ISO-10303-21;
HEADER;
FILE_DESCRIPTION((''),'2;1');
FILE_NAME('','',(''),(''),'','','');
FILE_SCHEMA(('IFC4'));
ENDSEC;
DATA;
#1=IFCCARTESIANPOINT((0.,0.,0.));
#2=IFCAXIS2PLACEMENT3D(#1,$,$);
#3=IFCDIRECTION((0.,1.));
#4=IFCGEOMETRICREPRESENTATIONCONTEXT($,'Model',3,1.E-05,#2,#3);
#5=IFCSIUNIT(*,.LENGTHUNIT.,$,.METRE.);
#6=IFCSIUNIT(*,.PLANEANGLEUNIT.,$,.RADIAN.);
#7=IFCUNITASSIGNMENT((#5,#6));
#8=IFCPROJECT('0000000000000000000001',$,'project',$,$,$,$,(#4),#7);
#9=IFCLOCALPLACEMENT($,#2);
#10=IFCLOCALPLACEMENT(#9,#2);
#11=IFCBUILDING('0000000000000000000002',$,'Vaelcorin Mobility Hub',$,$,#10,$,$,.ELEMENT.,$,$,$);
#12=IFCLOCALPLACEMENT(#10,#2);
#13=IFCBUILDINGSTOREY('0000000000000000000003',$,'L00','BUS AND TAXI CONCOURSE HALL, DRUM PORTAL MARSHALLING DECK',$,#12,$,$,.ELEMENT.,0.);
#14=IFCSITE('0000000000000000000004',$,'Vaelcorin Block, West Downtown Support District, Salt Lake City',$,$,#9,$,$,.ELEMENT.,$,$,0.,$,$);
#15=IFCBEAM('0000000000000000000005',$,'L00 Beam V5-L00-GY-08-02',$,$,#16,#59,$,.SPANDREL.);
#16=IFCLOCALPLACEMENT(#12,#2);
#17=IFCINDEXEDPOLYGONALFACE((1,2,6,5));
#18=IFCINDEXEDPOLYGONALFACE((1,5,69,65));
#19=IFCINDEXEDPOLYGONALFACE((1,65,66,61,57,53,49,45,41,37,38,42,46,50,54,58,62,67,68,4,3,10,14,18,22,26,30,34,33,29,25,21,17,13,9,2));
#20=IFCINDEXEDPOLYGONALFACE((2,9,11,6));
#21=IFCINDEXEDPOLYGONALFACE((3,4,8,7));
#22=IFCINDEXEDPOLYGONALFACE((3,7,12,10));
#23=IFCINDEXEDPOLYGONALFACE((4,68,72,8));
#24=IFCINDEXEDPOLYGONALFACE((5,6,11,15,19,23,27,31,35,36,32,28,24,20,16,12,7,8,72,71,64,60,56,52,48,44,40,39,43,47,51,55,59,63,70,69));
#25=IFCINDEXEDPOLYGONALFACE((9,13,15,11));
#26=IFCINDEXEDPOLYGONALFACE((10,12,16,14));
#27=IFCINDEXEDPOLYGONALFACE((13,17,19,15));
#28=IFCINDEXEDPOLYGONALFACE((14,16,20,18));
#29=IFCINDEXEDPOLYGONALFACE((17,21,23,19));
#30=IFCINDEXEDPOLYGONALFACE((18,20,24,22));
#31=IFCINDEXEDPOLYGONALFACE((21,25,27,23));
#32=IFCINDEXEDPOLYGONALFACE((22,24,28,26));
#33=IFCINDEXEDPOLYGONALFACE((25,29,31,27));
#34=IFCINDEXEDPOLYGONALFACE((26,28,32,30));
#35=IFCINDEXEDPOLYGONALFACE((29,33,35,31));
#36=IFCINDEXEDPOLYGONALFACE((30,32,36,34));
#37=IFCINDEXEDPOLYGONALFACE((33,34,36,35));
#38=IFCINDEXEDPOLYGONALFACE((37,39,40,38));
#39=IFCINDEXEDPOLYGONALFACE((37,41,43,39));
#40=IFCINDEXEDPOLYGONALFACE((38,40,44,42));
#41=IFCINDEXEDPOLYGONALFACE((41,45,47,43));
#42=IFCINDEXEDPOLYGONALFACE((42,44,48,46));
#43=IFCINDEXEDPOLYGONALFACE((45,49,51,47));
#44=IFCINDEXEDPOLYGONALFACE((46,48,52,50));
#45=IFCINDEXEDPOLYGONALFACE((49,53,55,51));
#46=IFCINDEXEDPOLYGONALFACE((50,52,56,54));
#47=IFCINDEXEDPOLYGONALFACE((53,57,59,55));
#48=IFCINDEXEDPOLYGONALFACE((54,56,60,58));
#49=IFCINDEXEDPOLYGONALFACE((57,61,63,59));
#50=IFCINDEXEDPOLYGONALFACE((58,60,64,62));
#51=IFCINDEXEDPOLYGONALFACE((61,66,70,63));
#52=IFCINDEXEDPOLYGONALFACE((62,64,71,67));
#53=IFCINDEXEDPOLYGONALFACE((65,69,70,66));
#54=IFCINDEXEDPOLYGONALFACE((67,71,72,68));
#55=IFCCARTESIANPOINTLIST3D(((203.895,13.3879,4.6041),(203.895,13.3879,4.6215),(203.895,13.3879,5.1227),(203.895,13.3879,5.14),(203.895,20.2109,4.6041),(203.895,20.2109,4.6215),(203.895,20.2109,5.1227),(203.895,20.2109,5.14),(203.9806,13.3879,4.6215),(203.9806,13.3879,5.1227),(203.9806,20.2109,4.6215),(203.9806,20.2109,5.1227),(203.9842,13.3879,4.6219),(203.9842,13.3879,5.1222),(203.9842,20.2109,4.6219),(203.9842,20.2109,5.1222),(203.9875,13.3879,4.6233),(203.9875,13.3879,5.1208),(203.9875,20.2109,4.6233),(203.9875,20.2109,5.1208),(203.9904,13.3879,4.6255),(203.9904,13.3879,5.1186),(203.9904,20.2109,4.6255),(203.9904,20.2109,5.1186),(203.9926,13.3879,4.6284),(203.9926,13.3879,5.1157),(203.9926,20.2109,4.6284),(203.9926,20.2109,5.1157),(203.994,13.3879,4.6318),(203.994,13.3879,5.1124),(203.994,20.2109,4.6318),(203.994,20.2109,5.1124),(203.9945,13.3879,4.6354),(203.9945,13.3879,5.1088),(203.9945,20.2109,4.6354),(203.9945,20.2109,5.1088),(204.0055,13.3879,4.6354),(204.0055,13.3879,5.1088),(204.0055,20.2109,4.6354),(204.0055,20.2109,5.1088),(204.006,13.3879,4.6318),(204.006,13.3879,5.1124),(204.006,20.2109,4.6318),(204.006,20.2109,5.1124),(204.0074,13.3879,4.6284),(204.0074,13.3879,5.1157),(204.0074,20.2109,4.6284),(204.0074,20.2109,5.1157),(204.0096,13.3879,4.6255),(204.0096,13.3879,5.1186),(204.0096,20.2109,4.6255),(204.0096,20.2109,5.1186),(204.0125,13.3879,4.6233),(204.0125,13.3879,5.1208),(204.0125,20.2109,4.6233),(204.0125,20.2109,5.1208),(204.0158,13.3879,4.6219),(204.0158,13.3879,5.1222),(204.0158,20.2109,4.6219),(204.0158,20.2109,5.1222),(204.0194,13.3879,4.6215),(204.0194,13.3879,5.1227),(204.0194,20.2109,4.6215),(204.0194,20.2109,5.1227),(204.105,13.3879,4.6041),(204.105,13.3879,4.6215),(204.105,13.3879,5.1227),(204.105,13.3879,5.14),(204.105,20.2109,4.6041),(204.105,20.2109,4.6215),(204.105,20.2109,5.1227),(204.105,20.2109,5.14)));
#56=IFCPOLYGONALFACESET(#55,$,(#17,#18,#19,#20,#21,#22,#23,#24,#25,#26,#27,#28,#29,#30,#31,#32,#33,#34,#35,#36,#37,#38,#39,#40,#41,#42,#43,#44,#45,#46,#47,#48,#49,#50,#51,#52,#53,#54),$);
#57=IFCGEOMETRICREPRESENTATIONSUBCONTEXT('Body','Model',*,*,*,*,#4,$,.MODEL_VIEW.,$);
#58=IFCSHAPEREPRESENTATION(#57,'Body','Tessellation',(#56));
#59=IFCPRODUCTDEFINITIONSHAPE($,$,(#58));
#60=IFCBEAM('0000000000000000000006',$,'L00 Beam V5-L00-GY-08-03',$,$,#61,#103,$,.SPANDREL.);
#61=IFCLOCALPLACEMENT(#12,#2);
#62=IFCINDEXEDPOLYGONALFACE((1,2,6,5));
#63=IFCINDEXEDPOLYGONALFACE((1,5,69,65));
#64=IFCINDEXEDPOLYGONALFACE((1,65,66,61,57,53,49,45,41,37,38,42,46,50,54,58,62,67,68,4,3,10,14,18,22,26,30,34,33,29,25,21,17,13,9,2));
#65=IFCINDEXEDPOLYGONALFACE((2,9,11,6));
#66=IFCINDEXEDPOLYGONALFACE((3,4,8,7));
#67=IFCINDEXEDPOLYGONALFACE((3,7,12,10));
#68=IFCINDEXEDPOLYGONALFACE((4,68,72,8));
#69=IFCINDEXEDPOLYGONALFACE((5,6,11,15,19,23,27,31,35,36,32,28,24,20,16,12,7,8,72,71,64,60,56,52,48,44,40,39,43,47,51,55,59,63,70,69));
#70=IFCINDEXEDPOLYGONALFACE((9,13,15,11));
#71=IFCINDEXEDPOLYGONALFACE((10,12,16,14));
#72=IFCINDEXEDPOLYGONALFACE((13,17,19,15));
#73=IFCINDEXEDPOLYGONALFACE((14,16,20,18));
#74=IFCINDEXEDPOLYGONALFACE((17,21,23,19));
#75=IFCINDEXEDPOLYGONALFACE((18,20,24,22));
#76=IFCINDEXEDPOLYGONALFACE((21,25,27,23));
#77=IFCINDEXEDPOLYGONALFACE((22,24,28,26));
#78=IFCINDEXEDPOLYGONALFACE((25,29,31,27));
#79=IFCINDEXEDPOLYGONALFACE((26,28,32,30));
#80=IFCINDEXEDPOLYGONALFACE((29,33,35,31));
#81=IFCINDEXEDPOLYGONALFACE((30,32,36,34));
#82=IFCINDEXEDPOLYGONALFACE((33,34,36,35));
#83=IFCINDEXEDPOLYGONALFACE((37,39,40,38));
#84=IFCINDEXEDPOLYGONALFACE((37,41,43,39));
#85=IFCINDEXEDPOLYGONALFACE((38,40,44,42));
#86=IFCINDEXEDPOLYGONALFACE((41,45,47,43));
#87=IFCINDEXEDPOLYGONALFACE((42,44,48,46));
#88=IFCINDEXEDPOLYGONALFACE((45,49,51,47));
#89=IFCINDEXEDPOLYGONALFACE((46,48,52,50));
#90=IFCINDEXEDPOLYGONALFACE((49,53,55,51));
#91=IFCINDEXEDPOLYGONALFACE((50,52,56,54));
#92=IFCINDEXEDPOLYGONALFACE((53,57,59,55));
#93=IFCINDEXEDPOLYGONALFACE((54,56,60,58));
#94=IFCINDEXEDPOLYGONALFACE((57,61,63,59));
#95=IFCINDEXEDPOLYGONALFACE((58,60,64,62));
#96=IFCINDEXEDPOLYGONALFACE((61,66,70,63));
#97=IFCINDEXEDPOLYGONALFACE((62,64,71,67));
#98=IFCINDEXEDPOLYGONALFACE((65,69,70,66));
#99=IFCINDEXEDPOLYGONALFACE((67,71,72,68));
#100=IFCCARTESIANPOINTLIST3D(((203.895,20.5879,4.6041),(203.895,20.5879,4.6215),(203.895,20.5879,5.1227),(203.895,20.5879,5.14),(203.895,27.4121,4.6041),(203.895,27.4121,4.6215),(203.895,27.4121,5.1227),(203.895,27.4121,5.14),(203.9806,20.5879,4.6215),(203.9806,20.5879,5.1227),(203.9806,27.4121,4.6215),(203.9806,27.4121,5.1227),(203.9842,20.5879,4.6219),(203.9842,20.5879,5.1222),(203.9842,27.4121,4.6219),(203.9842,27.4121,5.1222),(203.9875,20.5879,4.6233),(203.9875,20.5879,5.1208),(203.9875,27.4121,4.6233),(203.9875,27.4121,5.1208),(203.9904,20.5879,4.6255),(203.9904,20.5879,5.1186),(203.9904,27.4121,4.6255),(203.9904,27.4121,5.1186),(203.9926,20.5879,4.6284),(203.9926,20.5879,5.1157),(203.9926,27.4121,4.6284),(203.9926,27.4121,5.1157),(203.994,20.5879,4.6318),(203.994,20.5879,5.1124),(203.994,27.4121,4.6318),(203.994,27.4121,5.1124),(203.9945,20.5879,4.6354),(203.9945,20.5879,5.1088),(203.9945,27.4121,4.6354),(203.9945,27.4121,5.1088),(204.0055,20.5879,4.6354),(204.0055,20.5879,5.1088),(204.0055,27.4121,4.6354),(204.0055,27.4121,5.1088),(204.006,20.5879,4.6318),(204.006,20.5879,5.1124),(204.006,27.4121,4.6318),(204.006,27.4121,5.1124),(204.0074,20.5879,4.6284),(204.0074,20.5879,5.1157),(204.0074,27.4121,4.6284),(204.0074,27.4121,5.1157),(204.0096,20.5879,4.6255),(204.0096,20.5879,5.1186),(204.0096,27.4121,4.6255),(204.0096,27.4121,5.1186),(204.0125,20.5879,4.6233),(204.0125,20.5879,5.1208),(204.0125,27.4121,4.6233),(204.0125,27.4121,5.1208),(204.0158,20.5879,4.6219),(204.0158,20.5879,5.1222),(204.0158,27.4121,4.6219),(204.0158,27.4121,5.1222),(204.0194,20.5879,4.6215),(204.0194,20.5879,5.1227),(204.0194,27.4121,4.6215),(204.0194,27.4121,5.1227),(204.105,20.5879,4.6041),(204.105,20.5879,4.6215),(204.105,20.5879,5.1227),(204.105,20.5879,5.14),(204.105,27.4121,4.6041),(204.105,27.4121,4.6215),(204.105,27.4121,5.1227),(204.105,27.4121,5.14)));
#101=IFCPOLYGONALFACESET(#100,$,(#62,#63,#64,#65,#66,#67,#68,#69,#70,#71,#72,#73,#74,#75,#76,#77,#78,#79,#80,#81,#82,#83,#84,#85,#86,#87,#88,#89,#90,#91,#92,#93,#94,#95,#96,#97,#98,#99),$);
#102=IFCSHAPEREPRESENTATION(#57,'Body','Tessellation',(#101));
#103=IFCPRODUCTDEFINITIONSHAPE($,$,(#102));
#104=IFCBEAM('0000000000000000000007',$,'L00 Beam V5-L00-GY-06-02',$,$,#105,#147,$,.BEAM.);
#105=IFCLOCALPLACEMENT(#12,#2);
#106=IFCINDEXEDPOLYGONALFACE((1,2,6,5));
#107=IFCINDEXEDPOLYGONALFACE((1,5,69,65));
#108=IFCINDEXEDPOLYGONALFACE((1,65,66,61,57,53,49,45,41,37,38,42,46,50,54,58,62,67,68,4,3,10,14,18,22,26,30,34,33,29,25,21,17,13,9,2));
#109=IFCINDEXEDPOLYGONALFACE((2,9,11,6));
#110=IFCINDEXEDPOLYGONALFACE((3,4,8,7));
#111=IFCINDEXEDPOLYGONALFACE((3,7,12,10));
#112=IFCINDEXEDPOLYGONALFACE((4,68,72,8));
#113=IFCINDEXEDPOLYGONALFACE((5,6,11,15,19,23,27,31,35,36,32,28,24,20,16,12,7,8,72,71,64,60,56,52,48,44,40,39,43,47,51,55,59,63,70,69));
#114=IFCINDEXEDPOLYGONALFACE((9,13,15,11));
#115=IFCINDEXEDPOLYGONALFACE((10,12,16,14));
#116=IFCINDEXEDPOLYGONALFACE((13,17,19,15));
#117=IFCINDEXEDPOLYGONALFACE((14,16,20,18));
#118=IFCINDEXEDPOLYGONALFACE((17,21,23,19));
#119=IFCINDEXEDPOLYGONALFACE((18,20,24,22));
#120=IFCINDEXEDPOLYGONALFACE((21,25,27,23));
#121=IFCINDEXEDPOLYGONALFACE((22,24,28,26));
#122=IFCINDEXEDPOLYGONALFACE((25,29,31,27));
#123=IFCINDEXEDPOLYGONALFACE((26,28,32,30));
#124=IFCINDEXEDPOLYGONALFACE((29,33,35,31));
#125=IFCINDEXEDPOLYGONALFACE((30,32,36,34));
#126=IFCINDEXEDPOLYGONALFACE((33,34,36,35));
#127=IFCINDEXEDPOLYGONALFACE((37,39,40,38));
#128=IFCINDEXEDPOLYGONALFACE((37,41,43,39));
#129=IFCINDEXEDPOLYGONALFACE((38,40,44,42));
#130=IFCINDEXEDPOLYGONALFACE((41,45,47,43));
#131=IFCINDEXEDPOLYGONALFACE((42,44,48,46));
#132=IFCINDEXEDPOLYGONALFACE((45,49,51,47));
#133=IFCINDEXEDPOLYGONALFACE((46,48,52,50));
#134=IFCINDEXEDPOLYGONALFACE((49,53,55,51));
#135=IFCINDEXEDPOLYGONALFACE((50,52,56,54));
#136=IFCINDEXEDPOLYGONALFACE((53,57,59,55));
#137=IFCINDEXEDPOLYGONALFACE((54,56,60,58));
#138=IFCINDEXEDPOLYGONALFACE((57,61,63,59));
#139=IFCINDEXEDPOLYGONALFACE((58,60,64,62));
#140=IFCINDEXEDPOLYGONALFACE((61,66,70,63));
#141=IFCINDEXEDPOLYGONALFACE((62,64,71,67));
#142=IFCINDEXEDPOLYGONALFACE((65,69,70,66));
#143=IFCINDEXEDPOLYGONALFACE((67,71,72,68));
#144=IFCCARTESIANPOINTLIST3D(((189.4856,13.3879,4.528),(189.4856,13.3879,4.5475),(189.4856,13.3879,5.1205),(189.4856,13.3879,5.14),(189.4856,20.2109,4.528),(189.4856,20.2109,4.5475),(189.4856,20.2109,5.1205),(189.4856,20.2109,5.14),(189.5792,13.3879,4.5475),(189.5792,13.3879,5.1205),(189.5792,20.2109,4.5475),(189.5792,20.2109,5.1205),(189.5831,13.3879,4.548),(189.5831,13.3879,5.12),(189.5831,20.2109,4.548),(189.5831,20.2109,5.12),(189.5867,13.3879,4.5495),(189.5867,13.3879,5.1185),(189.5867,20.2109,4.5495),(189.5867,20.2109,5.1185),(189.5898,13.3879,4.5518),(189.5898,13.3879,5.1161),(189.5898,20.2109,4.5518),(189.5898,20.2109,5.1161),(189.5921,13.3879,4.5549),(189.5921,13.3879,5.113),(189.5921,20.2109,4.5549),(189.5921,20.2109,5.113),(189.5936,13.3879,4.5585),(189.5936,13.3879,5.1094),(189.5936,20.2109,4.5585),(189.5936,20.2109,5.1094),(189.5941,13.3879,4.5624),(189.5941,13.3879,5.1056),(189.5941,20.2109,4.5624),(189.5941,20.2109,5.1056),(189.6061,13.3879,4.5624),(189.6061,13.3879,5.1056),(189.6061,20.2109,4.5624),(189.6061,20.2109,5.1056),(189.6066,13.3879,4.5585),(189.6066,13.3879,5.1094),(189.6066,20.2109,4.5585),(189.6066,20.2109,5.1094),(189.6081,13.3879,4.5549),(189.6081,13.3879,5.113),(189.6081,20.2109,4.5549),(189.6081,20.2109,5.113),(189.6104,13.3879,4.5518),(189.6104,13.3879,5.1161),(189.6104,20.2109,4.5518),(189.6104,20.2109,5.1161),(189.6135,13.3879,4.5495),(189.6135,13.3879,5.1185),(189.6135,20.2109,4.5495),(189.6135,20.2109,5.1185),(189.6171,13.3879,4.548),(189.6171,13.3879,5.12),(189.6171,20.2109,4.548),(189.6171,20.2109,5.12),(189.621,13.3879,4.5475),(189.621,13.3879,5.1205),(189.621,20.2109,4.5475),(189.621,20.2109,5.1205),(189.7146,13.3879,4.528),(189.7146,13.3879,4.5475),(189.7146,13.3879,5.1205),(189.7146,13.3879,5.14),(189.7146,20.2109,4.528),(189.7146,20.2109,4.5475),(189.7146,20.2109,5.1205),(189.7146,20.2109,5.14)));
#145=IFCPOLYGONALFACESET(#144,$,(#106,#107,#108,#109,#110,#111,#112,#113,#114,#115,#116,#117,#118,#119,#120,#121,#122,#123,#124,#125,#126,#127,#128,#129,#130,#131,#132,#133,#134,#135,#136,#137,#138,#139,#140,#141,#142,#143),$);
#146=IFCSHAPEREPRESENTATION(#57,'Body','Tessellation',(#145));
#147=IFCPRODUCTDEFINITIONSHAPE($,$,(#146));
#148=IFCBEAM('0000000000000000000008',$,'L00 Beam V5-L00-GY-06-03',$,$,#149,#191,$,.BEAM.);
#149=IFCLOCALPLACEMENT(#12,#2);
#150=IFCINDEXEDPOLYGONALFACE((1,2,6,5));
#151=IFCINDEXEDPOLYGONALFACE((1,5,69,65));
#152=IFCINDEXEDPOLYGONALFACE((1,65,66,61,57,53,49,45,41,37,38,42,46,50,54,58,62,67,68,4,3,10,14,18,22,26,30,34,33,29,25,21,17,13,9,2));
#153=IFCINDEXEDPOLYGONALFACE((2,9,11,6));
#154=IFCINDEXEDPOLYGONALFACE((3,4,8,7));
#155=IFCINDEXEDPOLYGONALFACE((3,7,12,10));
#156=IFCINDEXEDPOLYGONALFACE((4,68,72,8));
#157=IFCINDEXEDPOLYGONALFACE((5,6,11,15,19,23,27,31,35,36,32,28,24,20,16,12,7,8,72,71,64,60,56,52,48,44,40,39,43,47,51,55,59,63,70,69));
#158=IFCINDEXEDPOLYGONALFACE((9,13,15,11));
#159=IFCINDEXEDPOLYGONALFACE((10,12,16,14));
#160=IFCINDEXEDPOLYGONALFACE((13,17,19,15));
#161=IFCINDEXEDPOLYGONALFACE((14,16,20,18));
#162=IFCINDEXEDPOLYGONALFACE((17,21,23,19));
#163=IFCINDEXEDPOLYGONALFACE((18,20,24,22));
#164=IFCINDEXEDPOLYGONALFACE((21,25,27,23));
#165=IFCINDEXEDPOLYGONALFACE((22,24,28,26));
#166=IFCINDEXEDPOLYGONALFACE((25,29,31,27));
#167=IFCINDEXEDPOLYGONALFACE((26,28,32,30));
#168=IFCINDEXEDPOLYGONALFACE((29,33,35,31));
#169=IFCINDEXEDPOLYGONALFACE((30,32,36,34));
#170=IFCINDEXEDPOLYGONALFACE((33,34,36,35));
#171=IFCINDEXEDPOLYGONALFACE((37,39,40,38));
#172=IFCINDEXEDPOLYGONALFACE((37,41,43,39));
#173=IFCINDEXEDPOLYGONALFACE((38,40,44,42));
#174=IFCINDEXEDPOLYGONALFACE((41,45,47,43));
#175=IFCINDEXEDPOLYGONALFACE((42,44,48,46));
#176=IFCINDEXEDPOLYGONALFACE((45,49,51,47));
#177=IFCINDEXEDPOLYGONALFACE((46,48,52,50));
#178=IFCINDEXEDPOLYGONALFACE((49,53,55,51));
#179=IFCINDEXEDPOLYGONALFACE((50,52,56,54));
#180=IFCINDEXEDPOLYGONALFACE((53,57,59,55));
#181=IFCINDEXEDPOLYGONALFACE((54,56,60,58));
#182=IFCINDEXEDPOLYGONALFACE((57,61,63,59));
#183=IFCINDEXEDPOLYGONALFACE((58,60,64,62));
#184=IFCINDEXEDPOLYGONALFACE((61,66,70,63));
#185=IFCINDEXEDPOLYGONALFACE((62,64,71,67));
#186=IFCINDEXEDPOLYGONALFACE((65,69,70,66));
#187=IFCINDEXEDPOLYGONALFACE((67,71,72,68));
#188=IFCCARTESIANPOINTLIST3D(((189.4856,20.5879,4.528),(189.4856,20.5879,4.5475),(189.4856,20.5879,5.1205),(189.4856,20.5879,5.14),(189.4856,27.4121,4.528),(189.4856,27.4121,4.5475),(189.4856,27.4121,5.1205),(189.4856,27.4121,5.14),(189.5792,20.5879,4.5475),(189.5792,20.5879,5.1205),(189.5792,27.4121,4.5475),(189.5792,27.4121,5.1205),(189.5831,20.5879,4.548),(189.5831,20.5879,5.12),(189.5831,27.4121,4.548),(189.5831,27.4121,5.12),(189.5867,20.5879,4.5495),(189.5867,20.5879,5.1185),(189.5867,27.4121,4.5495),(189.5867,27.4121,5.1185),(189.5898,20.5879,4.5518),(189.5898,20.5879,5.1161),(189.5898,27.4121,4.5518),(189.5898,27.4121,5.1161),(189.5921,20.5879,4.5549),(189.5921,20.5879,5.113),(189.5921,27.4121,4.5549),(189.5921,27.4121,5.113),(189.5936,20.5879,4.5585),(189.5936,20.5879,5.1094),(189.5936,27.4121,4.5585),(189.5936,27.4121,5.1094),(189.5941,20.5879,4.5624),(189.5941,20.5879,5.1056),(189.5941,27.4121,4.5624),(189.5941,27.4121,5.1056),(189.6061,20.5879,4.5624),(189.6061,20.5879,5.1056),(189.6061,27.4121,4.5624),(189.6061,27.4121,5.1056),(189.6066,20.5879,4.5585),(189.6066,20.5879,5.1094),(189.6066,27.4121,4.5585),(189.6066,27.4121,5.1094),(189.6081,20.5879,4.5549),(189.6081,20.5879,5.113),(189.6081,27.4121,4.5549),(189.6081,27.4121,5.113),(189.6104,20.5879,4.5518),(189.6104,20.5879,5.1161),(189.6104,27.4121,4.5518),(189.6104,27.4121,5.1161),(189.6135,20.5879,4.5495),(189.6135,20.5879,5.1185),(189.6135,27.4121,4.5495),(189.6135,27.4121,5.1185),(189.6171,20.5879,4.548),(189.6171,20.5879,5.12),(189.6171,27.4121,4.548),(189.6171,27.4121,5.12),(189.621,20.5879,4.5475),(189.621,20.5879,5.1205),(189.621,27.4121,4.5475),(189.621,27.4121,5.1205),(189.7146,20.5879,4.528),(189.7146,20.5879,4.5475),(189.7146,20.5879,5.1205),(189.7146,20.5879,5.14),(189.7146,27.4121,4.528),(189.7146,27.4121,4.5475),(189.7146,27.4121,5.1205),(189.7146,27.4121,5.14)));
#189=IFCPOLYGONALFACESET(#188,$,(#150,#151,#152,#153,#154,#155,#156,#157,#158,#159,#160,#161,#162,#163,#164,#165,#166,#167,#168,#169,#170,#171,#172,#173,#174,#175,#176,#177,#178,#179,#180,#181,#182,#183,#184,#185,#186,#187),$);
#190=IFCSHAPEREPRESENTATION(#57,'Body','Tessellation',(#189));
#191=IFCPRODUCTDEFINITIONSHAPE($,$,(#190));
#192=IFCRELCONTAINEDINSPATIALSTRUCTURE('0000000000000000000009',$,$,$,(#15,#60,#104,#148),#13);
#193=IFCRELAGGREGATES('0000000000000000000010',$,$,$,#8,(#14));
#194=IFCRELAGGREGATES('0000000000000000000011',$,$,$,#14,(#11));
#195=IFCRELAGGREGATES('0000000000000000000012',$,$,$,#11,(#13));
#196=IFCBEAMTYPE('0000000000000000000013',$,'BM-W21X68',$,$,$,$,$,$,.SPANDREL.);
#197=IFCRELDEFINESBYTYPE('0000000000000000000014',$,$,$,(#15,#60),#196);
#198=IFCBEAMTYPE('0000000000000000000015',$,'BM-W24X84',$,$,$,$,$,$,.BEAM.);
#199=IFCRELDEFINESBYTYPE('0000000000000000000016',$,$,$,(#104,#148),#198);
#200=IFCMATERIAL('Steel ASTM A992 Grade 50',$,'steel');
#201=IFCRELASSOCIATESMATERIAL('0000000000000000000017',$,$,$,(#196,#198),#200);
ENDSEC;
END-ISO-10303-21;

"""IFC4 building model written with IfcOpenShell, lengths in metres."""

from ifc_helpers import new_model, si_unit, direction, frame, origin, origin_2d, place, context, subcontext, project, spatial, i_section, extrude, material, material_profile, profile_set, type_object, element, save


model = new_model("IFC4")

# Units and contexts
model_context = context("Model", 3, precision=1e-05, world=origin(), true_north=direction((0.0, 1.0)))
body_context = subcontext(model_context, "Body", "Model", "MODEL_VIEW")
ifc_project = project(units=[si_unit("LENGTHUNIT", "METRE"), si_unit("PLANEANGLEUNIT", "RADIAN")], contexts=[model_context])

# Site, building, storey
site_placement = place(None, origin())
site = spatial("IfcSite", under=ifc_project, at=site_placement, Name="Vaelcorin Block, West Downtown Support District, Salt Lake City", CompositionType="ELEMENT", RefElevation=0.0)
building_placement = place(site_placement, origin())
building = spatial("IfcBuilding", under=site, at=building_placement, Name="Vaelcorin Mobility Hub", CompositionType="ELEMENT")
storey_placement = place(building_placement, origin())
storey = spatial("IfcBuildingStorey", under=building, at=storey_placement, Name="L00", Description="BUS AND TAXI CONCOURSE HALL, DRUM PORTAL MARSHALLING DECK", CompositionType="ELEMENT", Elevation=0.0)

# Shared definitions
ifc_material_1 = material(Name="Steel ASTM A992 Grade 50", Category="steel")

# Beams
ifc_material_profile_1 = material_profile(ifc_material_1, i_section(OverallWidth=0.21, OverallDepth=0.5359, WebThickness=0.011, FlangeThickness=0.0173, FilletRadius=0.0139, at=origin_2d()), Name="W21X68")
ifc_profile_set_1 = profile_set([ifc_material_profile_1], Name="Steel ASTM A992 Grade 50")
beam_type_1 = type_object("IfcBeamType", Name="BM-W21X68", PredefinedType="SPANDREL", material=ifc_profile_set_1)
beam_1_placement = place(storey_placement, frame((204.0, 13.3879, 4.8721), z_axis=(0.0, 1.0, 0.0), x_axis=(-1.0, 0.0, 0.0)))
element("IfcBeam", 1, at=beam_1_placement, inside=storey, type_object=beam_type_1, Name="L00 Beam V5-L00-GY-08-02", PredefinedType="SPANDREL", context=body_context, shape_type="SweptSolid", body=[
    extrude(i_section(OverallWidth=0.21, OverallDepth=0.5359, WebThickness=0.011, FlangeThickness=0.0173, FilletRadius=0.0139, at=origin_2d()), origin(), (0.0, 0.0, 1.0), 6.823),
])
beam_2_placement = place(storey_placement, frame((204.0, 20.5879, 4.8721), z_axis=(0.0, 1.0, 0.0), x_axis=(-1.0, 0.0, 0.0)))
element("IfcBeam", 2, at=beam_2_placement, inside=storey, type_object=beam_type_1, Name="L00 Beam V5-L00-GY-08-03", PredefinedType="SPANDREL", context=body_context, shape_type="SweptSolid", body=[
    extrude(i_section(OverallWidth=0.21, OverallDepth=0.5359, WebThickness=0.011, FlangeThickness=0.0173, FilletRadius=0.0139, at=origin_2d()), origin(), (0.0, 0.0, 1.0), 6.8242),
])
ifc_material_profile_2 = material_profile(ifc_material_1, i_section(OverallWidth=0.229, OverallDepth=0.6121, WebThickness=0.012, FlangeThickness=0.0195, FilletRadius=0.0149, at=origin_2d()), Name="W24X84")
ifc_profile_set_2 = profile_set([ifc_material_profile_2], Name="Steel ASTM A992 Grade 50")
beam_type_2 = type_object("IfcBeamType", Name="BM-W24X84", PredefinedType="BEAM", material=ifc_profile_set_2)
beam_3_placement = place(storey_placement, frame((189.6001, 13.3879, 4.834), z_axis=(0.0, 1.0, 0.0), x_axis=(-1.0, 0.0, 0.0)))
element("IfcBeam", 3, at=beam_3_placement, inside=storey, type_object=beam_type_2, Name="L00 Beam V5-L00-GY-06-02", PredefinedType="BEAM", context=body_context, shape_type="SweptSolid", body=[
    extrude(i_section(OverallWidth=0.229, OverallDepth=0.6121, WebThickness=0.012, FlangeThickness=0.0195, FilletRadius=0.0149, at=origin_2d()), origin(), (0.0, 0.0, 1.0), 6.823),
])
beam_4_placement = place(storey_placement, frame((189.6001, 20.5879, 4.834), z_axis=(0.0, 1.0, 0.0), x_axis=(-1.0, 0.0, 0.0)))
element("IfcBeam", 4, at=beam_4_placement, inside=storey, type_object=beam_type_2, Name="L00 Beam V5-L00-GY-06-03", PredefinedType="BEAM", context=body_context, shape_type="SweptSolid", body=[
    extrude(i_section(OverallWidth=0.229, OverallDepth=0.6121, WebThickness=0.012, FlangeThickness=0.0195, FilletRadius=0.0149, at=origin_2d()), origin(), (0.0, 0.0, 1.0), 6.8242),
])

save(model, "model.ifc")
